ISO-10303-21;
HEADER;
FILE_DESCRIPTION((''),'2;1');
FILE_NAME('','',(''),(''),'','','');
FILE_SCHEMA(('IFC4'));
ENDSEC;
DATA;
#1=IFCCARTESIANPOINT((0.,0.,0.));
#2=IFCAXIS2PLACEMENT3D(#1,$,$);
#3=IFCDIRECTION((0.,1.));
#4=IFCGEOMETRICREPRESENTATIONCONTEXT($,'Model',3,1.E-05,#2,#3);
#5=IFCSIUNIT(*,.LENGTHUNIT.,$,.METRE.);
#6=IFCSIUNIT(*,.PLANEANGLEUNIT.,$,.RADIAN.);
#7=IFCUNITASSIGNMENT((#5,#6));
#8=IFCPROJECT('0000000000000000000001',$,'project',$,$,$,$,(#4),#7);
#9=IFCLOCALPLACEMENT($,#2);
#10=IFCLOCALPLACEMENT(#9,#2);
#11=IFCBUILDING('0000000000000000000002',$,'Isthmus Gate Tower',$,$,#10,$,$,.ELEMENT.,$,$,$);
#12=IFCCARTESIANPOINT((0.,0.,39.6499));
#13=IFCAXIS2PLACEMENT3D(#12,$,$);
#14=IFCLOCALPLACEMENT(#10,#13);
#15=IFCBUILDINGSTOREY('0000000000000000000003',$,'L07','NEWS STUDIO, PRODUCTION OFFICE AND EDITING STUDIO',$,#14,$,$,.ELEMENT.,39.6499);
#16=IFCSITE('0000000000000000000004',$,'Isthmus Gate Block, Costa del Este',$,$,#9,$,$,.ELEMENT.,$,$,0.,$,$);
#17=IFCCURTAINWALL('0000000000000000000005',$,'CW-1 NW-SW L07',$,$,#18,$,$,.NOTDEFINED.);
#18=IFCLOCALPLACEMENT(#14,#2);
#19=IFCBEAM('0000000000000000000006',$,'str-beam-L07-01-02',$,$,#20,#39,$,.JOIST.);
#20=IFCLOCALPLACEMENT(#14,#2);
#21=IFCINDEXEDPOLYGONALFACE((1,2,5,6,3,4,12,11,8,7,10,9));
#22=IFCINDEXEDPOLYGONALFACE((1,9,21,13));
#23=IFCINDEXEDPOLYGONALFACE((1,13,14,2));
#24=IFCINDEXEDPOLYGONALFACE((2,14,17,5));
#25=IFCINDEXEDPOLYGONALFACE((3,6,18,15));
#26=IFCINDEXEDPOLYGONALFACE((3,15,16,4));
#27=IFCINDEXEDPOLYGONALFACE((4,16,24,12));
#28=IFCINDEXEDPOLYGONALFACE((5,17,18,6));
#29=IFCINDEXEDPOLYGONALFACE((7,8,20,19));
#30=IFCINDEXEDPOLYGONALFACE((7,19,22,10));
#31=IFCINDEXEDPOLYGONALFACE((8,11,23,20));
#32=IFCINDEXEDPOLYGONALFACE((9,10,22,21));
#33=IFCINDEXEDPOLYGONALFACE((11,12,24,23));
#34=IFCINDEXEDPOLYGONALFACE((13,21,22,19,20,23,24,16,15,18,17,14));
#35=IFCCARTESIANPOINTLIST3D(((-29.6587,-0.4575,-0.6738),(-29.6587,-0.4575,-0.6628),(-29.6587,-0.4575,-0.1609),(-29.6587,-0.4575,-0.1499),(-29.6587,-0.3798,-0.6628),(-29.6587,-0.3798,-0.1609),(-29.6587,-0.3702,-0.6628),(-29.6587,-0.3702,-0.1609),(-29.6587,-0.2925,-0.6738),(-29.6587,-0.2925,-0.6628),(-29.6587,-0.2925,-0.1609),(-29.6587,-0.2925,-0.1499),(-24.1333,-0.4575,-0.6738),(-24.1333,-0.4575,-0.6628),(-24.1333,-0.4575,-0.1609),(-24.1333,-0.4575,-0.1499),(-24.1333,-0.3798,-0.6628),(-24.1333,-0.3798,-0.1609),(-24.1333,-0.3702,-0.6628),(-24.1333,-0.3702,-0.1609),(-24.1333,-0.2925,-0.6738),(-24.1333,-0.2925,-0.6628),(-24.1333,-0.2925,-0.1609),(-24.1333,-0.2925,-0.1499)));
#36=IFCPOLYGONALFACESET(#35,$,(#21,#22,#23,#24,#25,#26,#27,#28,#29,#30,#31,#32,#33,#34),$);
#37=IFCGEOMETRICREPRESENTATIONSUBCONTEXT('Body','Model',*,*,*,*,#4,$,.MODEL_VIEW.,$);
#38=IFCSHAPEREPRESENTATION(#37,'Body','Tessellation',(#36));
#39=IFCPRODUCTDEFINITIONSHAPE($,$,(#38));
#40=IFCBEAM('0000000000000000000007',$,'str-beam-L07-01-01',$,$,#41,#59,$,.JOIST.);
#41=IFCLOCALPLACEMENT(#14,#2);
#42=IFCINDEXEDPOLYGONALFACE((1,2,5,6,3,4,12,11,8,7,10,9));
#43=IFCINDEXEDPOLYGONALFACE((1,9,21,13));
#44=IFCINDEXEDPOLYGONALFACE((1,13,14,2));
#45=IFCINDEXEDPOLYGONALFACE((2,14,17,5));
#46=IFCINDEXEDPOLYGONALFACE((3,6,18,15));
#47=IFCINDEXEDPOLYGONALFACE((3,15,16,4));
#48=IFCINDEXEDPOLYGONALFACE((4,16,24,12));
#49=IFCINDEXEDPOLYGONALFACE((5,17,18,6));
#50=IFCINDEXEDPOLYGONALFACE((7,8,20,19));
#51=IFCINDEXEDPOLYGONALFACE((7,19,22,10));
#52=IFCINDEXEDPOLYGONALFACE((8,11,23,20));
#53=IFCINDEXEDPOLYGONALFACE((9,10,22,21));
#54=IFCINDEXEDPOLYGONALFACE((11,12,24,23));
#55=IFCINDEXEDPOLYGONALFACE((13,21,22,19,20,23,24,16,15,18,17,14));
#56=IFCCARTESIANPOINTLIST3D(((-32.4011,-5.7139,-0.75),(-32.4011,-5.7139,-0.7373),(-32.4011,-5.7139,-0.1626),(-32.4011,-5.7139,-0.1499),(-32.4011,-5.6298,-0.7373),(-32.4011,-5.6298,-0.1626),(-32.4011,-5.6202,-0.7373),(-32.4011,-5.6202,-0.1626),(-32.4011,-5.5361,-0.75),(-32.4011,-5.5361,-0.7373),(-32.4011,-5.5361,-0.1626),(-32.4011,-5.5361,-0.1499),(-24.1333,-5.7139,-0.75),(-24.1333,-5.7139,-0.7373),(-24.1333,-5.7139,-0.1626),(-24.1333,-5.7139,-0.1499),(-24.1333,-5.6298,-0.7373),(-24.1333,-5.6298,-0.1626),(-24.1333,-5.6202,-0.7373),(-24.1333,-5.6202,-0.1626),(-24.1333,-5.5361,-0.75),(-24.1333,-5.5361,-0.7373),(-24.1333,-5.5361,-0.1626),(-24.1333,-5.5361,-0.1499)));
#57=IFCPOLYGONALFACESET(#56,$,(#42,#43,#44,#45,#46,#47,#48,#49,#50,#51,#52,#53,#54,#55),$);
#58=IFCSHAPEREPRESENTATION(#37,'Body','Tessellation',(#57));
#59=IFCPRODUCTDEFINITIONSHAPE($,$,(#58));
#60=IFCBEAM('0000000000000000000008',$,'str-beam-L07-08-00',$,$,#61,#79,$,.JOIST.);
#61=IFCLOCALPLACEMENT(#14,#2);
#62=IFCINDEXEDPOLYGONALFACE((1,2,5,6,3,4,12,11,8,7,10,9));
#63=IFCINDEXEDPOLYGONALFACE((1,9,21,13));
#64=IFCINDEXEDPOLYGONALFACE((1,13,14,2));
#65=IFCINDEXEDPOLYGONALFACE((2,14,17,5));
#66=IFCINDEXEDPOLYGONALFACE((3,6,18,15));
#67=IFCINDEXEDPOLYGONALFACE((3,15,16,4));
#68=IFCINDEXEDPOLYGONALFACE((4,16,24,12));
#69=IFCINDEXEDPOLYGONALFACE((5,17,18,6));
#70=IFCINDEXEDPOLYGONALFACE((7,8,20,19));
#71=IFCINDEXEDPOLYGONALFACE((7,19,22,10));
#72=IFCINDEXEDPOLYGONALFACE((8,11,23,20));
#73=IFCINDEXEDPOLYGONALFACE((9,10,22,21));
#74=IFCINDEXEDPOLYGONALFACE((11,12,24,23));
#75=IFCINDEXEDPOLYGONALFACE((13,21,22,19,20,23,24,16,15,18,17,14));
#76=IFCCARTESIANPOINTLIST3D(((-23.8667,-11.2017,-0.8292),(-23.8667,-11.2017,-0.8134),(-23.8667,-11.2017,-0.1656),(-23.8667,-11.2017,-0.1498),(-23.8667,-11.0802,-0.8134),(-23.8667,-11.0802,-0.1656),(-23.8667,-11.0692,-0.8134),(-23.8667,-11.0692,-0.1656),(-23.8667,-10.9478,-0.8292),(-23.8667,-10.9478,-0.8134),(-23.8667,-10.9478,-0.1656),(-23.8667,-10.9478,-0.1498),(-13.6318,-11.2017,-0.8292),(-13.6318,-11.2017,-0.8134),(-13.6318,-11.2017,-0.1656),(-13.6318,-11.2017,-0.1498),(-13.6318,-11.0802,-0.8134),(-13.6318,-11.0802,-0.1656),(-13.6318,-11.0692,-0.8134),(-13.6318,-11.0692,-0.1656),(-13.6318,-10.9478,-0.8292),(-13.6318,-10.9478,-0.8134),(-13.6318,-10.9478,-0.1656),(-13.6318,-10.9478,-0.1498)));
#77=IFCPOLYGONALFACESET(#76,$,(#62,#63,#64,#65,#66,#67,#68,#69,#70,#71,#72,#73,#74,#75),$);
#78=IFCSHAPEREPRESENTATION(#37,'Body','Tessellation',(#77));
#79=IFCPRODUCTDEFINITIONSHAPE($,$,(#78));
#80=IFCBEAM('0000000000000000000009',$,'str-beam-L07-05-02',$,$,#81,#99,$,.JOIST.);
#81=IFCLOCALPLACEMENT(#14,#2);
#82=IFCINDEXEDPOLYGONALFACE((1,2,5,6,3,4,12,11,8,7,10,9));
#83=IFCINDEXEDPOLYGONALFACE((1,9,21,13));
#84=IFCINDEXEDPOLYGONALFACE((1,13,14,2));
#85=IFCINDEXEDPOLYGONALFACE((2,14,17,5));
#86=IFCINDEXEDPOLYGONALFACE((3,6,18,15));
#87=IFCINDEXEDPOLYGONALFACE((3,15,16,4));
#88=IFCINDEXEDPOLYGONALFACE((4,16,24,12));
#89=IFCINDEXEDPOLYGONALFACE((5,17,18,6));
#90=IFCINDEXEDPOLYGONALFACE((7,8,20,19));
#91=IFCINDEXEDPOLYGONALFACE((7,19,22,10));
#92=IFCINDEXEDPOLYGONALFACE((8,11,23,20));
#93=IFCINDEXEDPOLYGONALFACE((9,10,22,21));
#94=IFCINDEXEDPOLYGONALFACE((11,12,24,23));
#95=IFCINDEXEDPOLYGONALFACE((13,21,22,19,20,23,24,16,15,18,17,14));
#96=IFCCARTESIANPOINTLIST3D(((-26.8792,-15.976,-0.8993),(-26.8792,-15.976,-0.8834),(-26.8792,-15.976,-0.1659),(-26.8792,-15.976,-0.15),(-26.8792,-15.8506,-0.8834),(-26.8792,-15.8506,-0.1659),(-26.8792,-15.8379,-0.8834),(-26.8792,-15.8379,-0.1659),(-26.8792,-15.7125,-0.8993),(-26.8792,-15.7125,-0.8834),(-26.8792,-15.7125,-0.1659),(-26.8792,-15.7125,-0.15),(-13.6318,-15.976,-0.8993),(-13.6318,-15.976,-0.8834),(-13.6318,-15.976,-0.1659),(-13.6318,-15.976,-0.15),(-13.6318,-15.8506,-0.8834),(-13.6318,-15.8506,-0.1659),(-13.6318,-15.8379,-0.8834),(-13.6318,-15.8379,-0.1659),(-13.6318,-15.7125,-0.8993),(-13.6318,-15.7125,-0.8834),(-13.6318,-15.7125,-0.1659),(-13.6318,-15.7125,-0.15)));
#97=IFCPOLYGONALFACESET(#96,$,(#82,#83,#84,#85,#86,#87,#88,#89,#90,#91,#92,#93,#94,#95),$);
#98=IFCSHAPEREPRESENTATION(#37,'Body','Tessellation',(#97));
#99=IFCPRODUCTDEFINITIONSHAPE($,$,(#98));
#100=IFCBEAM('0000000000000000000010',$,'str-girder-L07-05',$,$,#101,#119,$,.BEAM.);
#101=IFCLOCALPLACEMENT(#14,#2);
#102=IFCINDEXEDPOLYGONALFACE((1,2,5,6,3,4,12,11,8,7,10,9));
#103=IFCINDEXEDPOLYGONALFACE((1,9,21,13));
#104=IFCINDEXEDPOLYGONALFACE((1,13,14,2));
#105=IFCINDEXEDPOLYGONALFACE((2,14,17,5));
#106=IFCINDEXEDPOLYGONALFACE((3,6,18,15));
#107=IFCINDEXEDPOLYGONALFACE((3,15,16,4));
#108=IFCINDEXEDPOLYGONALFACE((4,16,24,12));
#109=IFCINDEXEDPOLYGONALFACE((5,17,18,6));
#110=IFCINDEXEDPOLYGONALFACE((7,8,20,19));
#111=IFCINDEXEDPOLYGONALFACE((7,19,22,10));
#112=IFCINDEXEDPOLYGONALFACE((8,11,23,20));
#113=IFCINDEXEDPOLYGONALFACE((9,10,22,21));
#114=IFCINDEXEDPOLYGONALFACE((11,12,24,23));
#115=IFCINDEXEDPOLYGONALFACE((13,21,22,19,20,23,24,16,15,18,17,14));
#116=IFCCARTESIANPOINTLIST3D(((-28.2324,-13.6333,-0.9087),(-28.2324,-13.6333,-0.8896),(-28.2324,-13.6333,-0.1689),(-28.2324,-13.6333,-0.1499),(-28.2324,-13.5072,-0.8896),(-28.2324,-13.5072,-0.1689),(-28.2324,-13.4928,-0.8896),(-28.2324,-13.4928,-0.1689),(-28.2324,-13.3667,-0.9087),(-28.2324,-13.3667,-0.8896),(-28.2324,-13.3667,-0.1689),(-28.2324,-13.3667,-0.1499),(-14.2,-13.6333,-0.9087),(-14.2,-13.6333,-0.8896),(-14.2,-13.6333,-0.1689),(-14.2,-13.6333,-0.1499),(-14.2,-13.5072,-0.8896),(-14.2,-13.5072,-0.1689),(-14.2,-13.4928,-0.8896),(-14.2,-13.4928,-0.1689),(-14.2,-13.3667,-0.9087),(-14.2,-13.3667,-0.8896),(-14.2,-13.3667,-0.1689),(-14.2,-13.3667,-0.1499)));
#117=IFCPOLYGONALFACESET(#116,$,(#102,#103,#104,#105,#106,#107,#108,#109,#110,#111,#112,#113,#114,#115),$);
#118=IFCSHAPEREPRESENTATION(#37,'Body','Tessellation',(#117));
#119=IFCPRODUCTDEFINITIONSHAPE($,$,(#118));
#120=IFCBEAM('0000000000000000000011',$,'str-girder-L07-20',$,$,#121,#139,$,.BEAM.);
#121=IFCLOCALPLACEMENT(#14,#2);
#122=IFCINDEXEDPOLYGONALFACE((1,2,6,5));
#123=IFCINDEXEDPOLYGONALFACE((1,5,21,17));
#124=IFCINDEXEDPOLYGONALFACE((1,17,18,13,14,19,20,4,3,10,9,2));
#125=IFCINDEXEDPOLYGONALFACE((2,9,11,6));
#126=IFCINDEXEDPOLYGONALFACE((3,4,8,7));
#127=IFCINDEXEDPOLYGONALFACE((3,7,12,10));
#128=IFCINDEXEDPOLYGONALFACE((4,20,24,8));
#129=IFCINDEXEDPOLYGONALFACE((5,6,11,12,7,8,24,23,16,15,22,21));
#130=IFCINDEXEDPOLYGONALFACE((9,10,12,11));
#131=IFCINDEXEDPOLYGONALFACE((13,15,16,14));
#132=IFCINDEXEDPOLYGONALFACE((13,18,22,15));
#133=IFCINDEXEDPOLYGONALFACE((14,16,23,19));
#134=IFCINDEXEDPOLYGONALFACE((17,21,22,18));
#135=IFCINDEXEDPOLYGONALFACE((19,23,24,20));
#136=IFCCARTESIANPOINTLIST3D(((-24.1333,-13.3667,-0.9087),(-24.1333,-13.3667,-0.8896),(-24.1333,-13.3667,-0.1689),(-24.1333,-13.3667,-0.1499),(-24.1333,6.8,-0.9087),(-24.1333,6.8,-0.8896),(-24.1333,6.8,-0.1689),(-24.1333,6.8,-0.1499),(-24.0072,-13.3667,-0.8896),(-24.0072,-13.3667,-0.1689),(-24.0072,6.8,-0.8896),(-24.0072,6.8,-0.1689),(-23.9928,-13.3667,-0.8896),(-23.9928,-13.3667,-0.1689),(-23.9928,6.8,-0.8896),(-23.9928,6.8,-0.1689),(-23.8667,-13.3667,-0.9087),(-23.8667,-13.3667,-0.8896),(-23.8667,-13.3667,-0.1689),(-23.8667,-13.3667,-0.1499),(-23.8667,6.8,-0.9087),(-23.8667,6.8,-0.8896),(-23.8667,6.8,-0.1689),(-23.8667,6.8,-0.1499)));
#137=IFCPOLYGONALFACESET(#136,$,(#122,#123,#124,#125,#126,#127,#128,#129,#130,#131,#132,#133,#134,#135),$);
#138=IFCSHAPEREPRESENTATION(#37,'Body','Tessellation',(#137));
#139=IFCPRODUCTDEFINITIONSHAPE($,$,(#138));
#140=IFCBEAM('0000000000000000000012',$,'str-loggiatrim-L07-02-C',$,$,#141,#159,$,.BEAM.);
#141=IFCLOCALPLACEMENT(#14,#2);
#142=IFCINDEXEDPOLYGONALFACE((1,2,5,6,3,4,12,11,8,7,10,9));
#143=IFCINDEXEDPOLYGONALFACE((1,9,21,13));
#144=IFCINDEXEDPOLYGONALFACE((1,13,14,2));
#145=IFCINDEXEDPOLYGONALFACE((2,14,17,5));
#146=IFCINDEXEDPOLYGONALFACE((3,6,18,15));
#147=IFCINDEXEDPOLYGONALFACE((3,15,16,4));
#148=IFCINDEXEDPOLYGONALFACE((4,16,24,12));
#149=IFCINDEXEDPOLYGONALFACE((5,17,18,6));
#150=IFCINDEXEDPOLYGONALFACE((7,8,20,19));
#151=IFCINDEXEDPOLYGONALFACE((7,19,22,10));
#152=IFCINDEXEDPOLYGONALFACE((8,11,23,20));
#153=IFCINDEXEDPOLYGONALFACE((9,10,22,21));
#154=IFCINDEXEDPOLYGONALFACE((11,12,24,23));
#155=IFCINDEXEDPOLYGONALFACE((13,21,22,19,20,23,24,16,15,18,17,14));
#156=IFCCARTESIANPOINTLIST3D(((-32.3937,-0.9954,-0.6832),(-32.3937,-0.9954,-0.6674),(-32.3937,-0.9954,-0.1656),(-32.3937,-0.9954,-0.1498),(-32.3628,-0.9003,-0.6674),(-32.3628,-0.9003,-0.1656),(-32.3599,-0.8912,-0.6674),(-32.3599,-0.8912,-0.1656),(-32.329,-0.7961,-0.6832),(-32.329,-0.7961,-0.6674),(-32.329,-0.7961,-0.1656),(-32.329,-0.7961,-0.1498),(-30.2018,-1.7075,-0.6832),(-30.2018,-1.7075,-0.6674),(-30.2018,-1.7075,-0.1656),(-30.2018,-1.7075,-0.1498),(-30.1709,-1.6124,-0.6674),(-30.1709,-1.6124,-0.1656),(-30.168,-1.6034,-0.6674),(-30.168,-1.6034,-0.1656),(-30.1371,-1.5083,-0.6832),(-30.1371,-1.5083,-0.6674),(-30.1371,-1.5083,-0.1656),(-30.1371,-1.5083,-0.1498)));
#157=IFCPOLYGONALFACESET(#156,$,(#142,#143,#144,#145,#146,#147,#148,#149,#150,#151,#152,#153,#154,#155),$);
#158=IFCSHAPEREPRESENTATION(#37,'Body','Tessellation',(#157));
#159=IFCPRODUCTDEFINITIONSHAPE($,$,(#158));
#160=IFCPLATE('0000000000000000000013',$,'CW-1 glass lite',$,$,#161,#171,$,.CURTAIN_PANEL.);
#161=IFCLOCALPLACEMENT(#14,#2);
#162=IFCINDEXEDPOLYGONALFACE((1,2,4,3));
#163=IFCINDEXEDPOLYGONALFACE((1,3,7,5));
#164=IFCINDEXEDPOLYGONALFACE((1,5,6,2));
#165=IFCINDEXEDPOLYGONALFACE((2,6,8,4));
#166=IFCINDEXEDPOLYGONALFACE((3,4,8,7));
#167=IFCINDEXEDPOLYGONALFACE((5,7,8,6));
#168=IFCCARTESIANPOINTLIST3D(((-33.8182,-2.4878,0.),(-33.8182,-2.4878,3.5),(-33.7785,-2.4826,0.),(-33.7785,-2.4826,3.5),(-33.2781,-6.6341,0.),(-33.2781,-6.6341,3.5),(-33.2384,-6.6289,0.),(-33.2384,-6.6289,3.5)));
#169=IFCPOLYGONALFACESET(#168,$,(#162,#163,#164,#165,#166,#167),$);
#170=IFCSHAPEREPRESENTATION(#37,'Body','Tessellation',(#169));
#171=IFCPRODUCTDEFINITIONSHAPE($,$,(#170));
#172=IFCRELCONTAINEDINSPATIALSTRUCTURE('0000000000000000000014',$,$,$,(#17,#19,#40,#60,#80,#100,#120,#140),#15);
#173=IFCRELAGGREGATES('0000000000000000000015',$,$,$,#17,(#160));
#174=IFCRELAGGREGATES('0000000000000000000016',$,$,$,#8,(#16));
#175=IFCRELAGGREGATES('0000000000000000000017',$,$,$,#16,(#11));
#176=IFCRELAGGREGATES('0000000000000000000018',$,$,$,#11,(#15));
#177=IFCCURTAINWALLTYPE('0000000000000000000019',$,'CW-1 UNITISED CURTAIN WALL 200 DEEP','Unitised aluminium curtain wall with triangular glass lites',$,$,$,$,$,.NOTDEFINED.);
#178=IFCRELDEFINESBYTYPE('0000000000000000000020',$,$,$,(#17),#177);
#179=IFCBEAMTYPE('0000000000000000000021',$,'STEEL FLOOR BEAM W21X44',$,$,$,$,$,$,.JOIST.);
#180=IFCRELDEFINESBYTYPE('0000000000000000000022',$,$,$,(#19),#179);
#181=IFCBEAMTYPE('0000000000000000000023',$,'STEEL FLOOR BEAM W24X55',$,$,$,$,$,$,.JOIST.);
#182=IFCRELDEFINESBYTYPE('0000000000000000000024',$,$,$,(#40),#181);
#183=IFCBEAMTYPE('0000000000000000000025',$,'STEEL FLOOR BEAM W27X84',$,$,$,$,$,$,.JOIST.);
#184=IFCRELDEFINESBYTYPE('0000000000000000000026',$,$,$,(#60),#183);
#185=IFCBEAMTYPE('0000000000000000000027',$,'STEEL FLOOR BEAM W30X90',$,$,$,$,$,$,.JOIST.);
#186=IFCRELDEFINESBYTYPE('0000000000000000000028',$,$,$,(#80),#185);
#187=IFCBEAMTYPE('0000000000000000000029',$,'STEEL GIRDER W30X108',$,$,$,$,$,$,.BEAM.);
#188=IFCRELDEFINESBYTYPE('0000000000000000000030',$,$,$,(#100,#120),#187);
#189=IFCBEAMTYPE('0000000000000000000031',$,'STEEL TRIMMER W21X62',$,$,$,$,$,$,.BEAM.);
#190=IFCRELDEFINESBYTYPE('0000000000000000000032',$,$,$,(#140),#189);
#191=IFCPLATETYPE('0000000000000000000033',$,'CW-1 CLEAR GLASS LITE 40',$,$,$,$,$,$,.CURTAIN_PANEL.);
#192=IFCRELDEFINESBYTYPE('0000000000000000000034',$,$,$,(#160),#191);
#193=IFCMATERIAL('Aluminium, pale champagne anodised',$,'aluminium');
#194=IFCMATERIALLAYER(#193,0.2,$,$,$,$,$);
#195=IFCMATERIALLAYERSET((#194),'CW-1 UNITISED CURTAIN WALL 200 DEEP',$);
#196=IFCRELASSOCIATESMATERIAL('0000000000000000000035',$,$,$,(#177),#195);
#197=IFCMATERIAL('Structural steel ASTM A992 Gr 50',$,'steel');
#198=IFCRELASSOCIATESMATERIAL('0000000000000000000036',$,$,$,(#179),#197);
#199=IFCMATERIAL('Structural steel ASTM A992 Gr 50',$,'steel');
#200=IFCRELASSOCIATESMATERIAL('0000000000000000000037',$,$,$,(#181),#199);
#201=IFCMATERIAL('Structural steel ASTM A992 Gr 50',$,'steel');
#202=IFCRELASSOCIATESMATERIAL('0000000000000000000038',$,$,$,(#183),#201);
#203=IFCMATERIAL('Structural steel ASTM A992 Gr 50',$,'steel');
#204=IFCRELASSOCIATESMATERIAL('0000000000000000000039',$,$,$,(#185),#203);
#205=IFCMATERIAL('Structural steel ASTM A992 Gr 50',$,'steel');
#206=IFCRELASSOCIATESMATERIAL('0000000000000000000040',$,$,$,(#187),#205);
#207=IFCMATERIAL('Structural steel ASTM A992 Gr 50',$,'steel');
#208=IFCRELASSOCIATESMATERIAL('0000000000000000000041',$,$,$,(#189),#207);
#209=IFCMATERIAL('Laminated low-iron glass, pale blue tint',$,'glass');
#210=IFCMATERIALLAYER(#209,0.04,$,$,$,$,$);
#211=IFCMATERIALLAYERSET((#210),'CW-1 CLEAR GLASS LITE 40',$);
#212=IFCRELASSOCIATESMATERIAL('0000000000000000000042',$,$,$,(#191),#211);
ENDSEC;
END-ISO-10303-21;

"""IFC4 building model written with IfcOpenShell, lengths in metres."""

from ifc_helpers import new_model, si_unit, direction, frame, origin, origin_2d, place, context, subcontext, project, spatial, rectangle, i_section, extrude, material, layer, layer_set, material_profile, profile_set, type_object, element, aggregate, save


model = new_model("IFC4")

# Units and contexts
model_context = context("Model", 3, precision=1e-05, world=origin(), true_north=direction((0.0, 1.0)))
body_context = subcontext(model_context, "Body", "Model", "MODEL_VIEW")
ifc_project = project(units=[si_unit("LENGTHUNIT", "METRE"), si_unit("PLANEANGLEUNIT", "RADIAN")], contexts=[model_context])

# Site, building, storey
site_placement = place(None, origin())
site = spatial("IfcSite", under=ifc_project, at=site_placement, Name="Isthmus Gate Block, Costa del Este", CompositionType="ELEMENT", RefElevation=0.0)
building_placement = place(site_placement, origin())
building = spatial("IfcBuilding", under=site, at=building_placement, Name="Isthmus Gate Tower", CompositionType="ELEMENT")
storey_placement = place(building_placement, frame((0.0, 0.0, 39.6499)))
storey = spatial("IfcBuildingStorey", under=building, at=storey_placement, Name="L07", Description="NEWS STUDIO, PRODUCTION OFFICE AND EDITING STUDIO", CompositionType="ELEMENT", Elevation=39.6499)

# Curtain wall
ifc_material_1 = material(Name="Aluminium, pale champagne anodised", Category="aluminium")
ifc_layer_1 = layer(ifc_material_1, 0.2)
ifc_layer_set_1 = layer_set([ifc_layer_1], Name="CW-1 UNITISED CURTAIN WALL 200 DEEP")
curtain_wall_type_1 = type_object("IfcCurtainWallType", Name="CW-1 UNITISED CURTAIN WALL 200 DEEP", Description="Unitised aluminium curtain wall with triangular glass lites", PredefinedType="NOTDEFINED", material=ifc_layer_set_1)
curtain_wall_1_placement = place(storey_placement, origin())
curtain_wall_1 = element("IfcCurtainWall", 1, at=curtain_wall_1_placement, inside=storey, type_object=curtain_wall_type_1, Name="CW-1 NW-SW L07", PredefinedType="NOTDEFINED")

# Beams
ifc_material_2 = material(Name="Structural steel ASTM A992 Gr 50", Category="steel")
ifc_material_profile_1 = material_profile(ifc_material_2, i_section(OverallWidth=0.165, OverallDepth=0.5239, WebThickness=0.0095, FlangeThickness=0.011, at=origin_2d()), Name="W21X44")
ifc_profile_set_1 = profile_set([ifc_material_profile_1], Name="Structural steel ASTM A992 Gr 50")
beam_type_1 = type_object("IfcBeamType", Name="STEEL FLOOR BEAM W21X44", PredefinedType="JOIST", material=ifc_profile_set_1)
beam_1_placement = place(storey_placement, frame((-29.6587, -0.375, -0.4119), z_axis=(1.0, 0.0, 0.0), x_axis=(0.0, 1.0, 0.0)))
element("IfcBeam", 2, at=beam_1_placement, inside=storey, type_object=beam_type_1, Name="str-beam-L07-01-02", PredefinedType="JOIST", context=body_context, shape_type="SweptSolid", body=[
    extrude(i_section(OverallWidth=0.165, OverallDepth=0.5239, WebThickness=0.0095, FlangeThickness=0.011, at=origin_2d()), origin(), (0.0, 0.0, 1.0), 5.5254),
])
ifc_material_3 = material(Name="Structural steel ASTM A992 Gr 50", Category="steel")
ifc_material_profile_2 = material_profile(ifc_material_3, i_section(OverallWidth=0.1777, OverallDepth=0.6001, WebThickness=0.0095, FlangeThickness=0.0127, at=origin_2d()), Name="W24X55")
ifc_profile_set_2 = profile_set([ifc_material_profile_2], Name="Structural steel ASTM A992 Gr 50")
beam_type_2 = type_object("IfcBeamType", Name="STEEL FLOOR BEAM W24X55", PredefinedType="JOIST", material=ifc_profile_set_2)
beam_2_placement = place(storey_placement, frame((-32.4011, -5.625, -0.45), z_axis=(1.0, 0.0, 0.0), x_axis=(0.0, 1.0, 0.0)))
element("IfcBeam", 3, at=beam_2_placement, inside=storey, type_object=beam_type_2, Name="str-beam-L07-01-01", PredefinedType="JOIST", context=body_context, shape_type="SweptSolid", body=[
    extrude(i_section(OverallWidth=0.1777, OverallDepth=0.6001, WebThickness=0.0095, FlangeThickness=0.0127, at=origin_2d()), origin(), (0.0, 0.0, 1.0), 8.2678),
])
ifc_material_4 = material(Name="Structural steel ASTM A992 Gr 50", Category="steel")
ifc_material_profile_3 = material_profile(ifc_material_4, i_section(OverallWidth=0.2539, OverallDepth=0.6794, WebThickness=0.011, FlangeThickness=0.0159, at=origin_2d()), Name="W27X84")
ifc_profile_set_3 = profile_set([ifc_material_profile_3], Name="Structural steel ASTM A992 Gr 50")
beam_type_3 = type_object("IfcBeamType", Name="STEEL FLOOR BEAM W27X84", PredefinedType="JOIST", material=ifc_profile_set_3)
beam_3_placement = place(storey_placement, frame((-23.8667, -11.0747, -0.4895), z_axis=(1.0, 0.0, 0.0), x_axis=(0.0, 1.0, 0.0)))
element("IfcBeam", 4, at=beam_3_placement, inside=storey, type_object=beam_type_3, Name="str-beam-L07-08-00", PredefinedType="JOIST", context=body_context, shape_type="SweptSolid", body=[
    extrude(i_section(OverallWidth=0.2539, OverallDepth=0.6794, WebThickness=0.011, FlangeThickness=0.0159, at=origin_2d()), origin(), (0.0, 0.0, 1.0), 10.2349),
])
ifc_material_5 = material(Name="Structural steel ASTM A992 Gr 50", Category="steel")
ifc_material_profile_4 = material_profile(ifc_material_5, i_section(OverallWidth=0.2634, OverallDepth=0.7493, WebThickness=0.0127, FlangeThickness=0.0159, at=origin_2d()), Name="W30X90")
ifc_profile_set_4 = profile_set([ifc_material_profile_4], Name="Structural steel ASTM A992 Gr 50")
beam_type_4 = type_object("IfcBeamType", Name="STEEL FLOOR BEAM W30X90", PredefinedType="JOIST", material=ifc_profile_set_4)
beam_4_placement = place(storey_placement, frame((-26.8792, -15.8442, -0.5247), z_axis=(1.0, 0.0, 0.0), x_axis=(0.0, 1.0, 0.0)))
element("IfcBeam", 5, at=beam_4_placement, inside=storey, type_object=beam_type_4, Name="str-beam-L07-05-02", PredefinedType="JOIST", context=body_context, shape_type="SweptSolid", body=[
    extrude(i_section(OverallWidth=0.2634, OverallDepth=0.7493, WebThickness=0.0127, FlangeThickness=0.0159, at=origin_2d()), origin(), (0.0, 0.0, 1.0), 13.2473),
])
ifc_material_6 = material(Name="Structural steel ASTM A992 Gr 50", Category="steel")
ifc_material_profile_5 = material_profile(ifc_material_6, i_section(OverallWidth=0.2666, OverallDepth=0.7588, WebThickness=0.0144, FlangeThickness=0.019, at=origin_2d()), Name="W30X108")
ifc_profile_set_5 = profile_set([ifc_material_profile_5], Name="Structural steel ASTM A992 Gr 50")
beam_type_5 = type_object("IfcBeamType", Name="STEEL GIRDER W30X108", PredefinedType="BEAM", material=ifc_profile_set_5)
beam_5_placement = place(storey_placement, frame((-28.2324, -13.5, -0.5293), z_axis=(1.0, 0.0, 0.0), x_axis=(0.0, 1.0, 0.0)))
element("IfcBeam", 6, at=beam_5_placement, inside=storey, type_object=beam_type_5, Name="str-girder-L07-05", PredefinedType="BEAM", context=body_context, shape_type="SweptSolid", body=[
    extrude(i_section(OverallWidth=0.2666, OverallDepth=0.7588, WebThickness=0.0144, FlangeThickness=0.019, at=origin_2d()), origin(), (0.0, 0.0, 1.0), 14.0325),
])
beam_6_placement = place(storey_placement, frame((-24.0, -13.3667, -0.5293), z_axis=(0.0, 1.0, 0.0), x_axis=(-1.0, 0.0, 0.0)))
element("IfcBeam", 7, at=beam_6_placement, inside=storey, type_object=beam_type_5, Name="str-girder-L07-20", PredefinedType="BEAM", context=body_context, shape_type="SweptSolid", body=[
    extrude(i_section(OverallWidth=0.2666, OverallDepth=0.7588, WebThickness=0.0144, FlangeThickness=0.019, at=origin_2d()), origin(), (0.0, 0.0, 1.0), 20.1667),
])
ifc_material_7 = material(Name="Structural steel ASTM A992 Gr 50", Category="steel")
ifc_material_profile_6 = material_profile(ifc_material_7, i_section(OverallWidth=0.2095, OverallDepth=0.5334, WebThickness=0.0095, FlangeThickness=0.0159, at=origin_2d()), Name="W21X62")
ifc_profile_set_6 = profile_set([ifc_material_profile_6], Name="Structural steel ASTM A992 Gr 50")
beam_type_6 = type_object("IfcBeamType", Name="STEEL TRIMMER W21X62", PredefinedType="BEAM", material=ifc_profile_set_6)
beam_7_placement = place(storey_placement, frame((-32.3613, -0.8958, -0.4165), z_axis=(0.951061, -0.309005, 0.0), x_axis=(0.309005, 0.951061, 0.0)))
element("IfcBeam", 8, at=beam_7_placement, inside=storey, type_object=beam_type_6, Name="str-loggiatrim-L07-02-C", PredefinedType="BEAM", context=body_context, shape_type="SweptSolid", body=[
    extrude(i_section(OverallWidth=0.2095, OverallDepth=0.5334, WebThickness=0.0095, FlangeThickness=0.0159, at=origin_2d()), origin(), (0.0, 0.0, 1.0), 2.3047),
])

# Plate
ifc_material_8 = material(Name="Laminated low-iron glass, pale blue tint", Category="glass")
ifc_layer_2 = layer(ifc_material_8, 0.04)
ifc_layer_set_2 = layer_set([ifc_layer_2], Name="CW-1 CLEAR GLASS LITE 40")
plate_type_1 = type_object("IfcPlateType", Name="CW-1 CLEAR GLASS LITE 40", PredefinedType="CURTAIN_PANEL", material=ifc_layer_set_2)
plate_1_placement = place(storey_placement, frame((-33.5283, -4.5583, 0.0), z_axis=(0.0, 0.0, 1.0), x_axis=(0.129165, -0.991623, 0.0)))
plate_1 = element("IfcPlate", 9, at=plate_1_placement, type_object=plate_type_1, Name="CW-1 glass lite", PredefinedType="CURTAIN_PANEL", context=body_context, shape_type="SweptSolid", body=[
    extrude(rectangle(XDim=4.1814, YDim=0.04, at=origin_2d()), origin(), (0.0, 0.0, 1.0), 3.5),
])
aggregate(curtain_wall_1, [plate_1])

save(model, "model.ifc")
